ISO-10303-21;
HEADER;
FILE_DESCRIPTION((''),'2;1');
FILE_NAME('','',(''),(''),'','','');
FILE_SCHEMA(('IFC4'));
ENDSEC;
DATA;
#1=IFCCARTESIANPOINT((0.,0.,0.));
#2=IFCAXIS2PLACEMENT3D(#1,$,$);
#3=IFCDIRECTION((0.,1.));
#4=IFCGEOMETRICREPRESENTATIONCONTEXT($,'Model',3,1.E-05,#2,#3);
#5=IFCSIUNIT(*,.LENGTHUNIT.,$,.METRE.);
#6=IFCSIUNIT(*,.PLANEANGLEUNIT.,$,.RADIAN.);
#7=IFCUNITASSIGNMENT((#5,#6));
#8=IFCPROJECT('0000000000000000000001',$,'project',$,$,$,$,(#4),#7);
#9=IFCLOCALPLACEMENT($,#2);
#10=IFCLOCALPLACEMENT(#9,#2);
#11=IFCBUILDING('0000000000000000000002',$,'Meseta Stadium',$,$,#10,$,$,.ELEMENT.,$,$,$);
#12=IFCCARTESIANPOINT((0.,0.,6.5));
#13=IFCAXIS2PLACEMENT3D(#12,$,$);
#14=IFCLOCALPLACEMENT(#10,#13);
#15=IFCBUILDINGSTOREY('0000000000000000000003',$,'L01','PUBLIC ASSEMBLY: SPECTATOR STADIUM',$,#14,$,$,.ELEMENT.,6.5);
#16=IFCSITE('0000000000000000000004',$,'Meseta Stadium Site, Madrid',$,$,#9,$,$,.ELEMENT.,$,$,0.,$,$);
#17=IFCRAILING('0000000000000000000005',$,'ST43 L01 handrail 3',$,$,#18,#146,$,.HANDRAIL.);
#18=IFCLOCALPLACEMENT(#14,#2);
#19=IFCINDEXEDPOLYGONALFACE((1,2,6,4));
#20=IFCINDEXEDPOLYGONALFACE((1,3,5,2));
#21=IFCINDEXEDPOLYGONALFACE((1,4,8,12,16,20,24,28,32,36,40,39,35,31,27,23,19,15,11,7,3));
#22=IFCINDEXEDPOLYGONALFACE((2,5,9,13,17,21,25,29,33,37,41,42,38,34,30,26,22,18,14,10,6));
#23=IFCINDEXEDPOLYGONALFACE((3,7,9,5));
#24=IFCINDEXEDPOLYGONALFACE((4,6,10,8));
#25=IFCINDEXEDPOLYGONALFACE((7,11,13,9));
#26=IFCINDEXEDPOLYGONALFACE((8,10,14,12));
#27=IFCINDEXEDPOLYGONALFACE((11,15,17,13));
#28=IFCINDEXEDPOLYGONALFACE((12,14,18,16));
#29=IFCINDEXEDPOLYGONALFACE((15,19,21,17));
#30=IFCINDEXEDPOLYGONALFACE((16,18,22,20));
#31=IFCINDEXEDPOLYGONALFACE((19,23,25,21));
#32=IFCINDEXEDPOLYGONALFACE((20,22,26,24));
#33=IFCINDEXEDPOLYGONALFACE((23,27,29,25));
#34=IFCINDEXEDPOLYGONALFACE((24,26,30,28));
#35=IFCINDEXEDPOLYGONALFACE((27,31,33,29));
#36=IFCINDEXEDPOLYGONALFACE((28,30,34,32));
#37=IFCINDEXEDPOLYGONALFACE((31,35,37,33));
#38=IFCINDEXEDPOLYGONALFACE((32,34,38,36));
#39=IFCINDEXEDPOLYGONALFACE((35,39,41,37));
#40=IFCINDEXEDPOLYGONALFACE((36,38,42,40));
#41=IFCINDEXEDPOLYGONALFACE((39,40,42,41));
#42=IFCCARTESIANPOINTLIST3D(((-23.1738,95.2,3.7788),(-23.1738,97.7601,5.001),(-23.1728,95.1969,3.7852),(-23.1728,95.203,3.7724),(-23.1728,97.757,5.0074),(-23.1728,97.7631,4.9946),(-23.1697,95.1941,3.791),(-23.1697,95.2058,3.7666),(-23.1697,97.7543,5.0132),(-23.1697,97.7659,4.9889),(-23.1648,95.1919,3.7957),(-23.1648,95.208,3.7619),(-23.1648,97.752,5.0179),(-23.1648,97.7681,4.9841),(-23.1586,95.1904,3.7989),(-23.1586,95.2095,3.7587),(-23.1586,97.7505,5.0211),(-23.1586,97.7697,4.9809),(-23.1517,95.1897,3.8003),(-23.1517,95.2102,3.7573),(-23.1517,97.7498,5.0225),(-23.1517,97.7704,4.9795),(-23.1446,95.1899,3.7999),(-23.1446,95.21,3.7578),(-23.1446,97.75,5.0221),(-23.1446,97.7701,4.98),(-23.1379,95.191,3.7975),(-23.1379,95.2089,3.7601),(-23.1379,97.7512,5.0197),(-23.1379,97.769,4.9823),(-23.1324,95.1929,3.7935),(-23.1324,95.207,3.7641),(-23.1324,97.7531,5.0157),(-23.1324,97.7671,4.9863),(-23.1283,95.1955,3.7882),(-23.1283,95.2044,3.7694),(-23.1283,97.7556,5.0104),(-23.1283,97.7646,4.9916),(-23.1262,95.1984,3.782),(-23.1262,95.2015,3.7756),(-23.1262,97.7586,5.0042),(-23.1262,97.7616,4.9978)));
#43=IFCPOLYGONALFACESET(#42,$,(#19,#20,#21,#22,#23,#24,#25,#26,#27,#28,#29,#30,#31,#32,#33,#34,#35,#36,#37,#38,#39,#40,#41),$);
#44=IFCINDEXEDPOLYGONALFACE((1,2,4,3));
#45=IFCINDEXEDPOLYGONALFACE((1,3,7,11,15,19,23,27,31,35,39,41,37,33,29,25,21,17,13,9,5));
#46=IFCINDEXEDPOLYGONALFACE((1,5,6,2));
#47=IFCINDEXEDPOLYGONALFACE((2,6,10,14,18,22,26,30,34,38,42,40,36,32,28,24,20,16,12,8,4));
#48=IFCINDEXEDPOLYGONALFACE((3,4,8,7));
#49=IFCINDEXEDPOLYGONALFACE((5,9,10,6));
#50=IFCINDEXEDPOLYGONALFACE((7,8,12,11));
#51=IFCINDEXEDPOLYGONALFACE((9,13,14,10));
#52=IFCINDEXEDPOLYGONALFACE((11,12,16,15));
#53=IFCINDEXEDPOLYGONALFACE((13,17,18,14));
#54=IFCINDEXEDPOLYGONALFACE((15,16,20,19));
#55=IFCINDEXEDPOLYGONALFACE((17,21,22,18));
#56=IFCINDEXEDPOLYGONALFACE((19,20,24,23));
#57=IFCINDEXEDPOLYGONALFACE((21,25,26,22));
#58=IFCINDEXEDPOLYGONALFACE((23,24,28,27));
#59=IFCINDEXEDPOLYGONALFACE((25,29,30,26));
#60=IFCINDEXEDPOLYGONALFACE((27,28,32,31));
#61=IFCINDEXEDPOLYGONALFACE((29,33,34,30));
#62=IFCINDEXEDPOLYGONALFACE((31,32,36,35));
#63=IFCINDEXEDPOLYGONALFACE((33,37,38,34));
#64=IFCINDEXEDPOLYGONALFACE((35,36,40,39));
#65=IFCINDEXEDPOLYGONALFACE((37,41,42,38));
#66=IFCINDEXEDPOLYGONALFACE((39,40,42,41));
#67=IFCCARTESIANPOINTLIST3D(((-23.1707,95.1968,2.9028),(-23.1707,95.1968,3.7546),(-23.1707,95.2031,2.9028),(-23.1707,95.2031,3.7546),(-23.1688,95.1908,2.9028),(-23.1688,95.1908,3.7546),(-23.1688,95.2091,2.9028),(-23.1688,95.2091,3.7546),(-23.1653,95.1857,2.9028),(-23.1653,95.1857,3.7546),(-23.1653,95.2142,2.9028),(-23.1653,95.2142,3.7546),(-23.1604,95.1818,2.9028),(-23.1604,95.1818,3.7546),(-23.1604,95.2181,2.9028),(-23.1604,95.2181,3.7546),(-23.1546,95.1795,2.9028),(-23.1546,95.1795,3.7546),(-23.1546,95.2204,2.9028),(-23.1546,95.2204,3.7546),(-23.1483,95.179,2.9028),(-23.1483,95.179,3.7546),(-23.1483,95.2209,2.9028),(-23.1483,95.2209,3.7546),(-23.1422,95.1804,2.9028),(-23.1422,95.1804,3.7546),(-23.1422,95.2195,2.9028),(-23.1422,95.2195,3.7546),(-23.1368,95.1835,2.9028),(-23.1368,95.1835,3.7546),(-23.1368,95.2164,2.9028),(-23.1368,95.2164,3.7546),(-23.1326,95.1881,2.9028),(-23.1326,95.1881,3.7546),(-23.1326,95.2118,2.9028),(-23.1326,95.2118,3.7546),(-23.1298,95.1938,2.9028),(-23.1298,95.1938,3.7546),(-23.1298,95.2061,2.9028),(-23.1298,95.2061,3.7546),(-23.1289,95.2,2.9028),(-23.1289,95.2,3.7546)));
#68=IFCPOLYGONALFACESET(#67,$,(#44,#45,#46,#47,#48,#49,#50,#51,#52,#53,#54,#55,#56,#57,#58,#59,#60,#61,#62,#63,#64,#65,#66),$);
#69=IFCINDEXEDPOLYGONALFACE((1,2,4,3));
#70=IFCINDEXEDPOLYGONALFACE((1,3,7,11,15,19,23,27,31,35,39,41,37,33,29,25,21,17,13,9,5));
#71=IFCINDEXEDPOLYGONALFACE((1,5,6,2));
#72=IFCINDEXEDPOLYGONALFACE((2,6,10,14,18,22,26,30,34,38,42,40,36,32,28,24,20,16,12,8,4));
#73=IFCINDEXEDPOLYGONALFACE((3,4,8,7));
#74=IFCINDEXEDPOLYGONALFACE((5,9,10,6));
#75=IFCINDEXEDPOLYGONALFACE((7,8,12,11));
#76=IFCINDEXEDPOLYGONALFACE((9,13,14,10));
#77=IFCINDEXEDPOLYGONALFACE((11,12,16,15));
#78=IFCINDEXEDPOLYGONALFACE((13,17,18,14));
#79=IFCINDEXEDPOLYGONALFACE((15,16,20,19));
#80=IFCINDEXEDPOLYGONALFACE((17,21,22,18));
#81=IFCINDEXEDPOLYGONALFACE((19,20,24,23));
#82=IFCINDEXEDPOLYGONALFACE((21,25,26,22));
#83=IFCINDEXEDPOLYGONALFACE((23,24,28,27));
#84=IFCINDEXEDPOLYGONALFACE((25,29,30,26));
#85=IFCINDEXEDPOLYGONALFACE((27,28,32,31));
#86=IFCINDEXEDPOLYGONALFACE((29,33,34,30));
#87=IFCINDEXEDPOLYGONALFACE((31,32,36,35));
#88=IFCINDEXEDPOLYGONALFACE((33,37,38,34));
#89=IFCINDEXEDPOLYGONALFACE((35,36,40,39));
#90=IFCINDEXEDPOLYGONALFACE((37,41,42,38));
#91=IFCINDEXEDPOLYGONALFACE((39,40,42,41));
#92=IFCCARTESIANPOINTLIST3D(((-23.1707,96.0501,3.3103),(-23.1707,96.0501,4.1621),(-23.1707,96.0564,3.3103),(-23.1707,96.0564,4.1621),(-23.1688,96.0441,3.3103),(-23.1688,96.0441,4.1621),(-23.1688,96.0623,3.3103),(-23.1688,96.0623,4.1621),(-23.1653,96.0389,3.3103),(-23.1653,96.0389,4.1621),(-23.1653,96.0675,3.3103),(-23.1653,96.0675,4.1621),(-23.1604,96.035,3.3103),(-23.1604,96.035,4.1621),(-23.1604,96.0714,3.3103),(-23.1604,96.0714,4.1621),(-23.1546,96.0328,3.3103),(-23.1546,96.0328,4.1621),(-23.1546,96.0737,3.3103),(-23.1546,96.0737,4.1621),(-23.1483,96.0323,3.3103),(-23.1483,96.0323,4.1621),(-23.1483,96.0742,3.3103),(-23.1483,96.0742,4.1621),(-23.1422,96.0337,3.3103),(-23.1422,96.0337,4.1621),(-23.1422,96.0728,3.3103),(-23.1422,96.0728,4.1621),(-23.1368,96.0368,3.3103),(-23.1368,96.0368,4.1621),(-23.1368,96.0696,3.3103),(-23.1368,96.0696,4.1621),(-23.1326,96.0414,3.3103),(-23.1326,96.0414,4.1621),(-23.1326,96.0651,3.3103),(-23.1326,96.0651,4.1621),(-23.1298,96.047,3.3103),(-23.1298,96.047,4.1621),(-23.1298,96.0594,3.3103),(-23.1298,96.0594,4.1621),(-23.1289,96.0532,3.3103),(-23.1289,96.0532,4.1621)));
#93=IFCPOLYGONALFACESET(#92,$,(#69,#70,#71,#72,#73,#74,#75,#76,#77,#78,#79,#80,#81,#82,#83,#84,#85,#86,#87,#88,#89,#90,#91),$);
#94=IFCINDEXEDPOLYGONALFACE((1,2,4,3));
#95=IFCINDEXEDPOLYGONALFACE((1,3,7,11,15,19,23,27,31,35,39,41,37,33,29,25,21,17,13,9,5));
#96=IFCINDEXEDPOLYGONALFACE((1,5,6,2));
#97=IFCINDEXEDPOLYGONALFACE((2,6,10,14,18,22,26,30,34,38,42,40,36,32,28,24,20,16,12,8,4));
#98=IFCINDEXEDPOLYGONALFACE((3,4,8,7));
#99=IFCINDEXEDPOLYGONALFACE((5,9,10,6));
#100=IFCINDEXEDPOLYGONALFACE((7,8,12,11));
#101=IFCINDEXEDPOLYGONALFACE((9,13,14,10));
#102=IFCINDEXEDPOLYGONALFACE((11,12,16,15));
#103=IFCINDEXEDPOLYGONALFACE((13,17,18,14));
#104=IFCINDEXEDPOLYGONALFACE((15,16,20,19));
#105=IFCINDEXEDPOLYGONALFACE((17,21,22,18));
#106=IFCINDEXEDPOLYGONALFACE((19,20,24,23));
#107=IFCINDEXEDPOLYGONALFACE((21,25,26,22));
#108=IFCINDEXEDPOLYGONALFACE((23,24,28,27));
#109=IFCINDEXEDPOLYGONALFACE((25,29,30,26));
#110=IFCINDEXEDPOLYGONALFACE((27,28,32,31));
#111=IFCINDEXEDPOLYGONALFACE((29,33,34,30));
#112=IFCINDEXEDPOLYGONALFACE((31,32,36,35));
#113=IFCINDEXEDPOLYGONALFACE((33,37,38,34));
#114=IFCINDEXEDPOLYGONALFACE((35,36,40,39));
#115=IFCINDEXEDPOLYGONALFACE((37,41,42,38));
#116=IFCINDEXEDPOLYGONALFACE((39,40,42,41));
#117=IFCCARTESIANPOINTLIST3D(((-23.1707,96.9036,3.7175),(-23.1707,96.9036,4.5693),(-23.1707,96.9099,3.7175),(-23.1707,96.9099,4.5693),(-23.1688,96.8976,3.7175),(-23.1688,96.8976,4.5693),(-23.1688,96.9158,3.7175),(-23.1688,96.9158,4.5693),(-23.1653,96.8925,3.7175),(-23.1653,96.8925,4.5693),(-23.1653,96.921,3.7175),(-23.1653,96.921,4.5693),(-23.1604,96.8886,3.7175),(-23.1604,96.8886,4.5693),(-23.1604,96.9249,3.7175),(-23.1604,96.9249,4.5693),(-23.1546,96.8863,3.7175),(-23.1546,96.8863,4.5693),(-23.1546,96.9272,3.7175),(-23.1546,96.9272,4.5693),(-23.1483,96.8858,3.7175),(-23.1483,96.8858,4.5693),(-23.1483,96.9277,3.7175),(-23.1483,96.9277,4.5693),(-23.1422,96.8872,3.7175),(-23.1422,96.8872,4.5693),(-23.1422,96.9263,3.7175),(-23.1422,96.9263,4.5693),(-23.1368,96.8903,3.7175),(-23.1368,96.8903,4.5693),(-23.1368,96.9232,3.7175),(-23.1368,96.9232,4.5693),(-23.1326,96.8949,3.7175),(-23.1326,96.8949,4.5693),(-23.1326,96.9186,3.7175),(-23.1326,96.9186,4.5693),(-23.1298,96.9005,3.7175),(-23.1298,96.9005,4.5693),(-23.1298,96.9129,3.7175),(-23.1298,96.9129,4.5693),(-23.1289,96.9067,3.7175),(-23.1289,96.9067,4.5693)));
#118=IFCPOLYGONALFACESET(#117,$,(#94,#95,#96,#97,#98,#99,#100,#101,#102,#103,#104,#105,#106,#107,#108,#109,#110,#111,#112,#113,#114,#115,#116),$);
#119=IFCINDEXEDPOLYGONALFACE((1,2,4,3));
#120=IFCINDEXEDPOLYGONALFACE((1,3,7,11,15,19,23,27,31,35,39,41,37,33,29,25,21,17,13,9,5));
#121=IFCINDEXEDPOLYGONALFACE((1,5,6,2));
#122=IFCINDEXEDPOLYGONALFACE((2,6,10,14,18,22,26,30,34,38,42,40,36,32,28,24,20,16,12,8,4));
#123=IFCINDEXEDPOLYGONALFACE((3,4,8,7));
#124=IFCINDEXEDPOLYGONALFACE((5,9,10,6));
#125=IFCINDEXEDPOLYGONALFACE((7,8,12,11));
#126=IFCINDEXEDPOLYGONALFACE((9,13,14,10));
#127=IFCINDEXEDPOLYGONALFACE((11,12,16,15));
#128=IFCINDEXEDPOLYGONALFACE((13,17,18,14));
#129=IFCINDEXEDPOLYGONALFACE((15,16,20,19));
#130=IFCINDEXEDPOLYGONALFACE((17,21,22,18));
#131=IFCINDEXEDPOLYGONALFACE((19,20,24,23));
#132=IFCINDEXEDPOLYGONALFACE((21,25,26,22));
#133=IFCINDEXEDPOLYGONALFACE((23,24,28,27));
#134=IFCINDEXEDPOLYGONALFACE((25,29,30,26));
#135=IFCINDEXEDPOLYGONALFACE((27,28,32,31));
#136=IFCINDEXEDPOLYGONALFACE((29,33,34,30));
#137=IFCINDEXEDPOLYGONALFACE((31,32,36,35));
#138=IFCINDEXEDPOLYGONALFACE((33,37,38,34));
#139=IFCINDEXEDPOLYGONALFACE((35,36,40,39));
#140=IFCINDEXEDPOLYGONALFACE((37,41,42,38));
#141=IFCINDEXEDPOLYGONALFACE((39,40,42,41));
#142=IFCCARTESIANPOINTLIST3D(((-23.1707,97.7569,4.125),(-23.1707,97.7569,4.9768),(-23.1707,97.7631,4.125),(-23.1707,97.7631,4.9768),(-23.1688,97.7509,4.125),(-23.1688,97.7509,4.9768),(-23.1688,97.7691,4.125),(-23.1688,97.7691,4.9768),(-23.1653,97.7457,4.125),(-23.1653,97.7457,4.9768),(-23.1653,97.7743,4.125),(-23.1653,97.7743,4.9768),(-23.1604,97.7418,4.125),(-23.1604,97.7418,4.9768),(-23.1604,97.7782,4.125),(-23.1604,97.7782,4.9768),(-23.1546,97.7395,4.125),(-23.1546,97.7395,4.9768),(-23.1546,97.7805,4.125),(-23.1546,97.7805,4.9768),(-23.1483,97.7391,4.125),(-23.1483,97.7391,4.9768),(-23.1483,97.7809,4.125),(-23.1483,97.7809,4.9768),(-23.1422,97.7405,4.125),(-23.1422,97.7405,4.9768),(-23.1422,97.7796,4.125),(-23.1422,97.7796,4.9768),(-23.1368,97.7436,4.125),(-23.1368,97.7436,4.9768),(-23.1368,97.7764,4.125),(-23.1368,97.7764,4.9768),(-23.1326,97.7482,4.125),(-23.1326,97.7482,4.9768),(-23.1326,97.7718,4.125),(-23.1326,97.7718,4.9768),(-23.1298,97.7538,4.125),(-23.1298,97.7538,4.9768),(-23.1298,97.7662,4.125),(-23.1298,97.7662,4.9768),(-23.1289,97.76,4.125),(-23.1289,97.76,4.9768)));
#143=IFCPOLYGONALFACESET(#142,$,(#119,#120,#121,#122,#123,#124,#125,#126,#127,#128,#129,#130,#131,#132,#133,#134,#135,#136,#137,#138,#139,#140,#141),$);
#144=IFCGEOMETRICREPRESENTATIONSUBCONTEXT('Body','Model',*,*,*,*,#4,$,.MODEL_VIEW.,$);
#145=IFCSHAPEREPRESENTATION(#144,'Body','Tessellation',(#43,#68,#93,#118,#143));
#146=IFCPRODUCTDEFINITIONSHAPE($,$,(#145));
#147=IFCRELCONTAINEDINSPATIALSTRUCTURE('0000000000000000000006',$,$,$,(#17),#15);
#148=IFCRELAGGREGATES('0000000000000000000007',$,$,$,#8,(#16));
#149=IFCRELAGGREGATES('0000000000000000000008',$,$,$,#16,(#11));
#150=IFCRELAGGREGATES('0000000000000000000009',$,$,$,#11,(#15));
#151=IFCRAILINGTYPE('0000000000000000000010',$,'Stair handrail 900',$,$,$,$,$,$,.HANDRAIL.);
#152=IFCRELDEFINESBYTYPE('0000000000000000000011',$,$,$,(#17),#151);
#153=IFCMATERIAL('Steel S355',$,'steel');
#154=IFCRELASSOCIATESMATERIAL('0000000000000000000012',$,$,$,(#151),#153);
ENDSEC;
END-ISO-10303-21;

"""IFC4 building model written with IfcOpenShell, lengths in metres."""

from ifc_helpers import new_model, si_unit, direction, frame, origin, origin_2d, place, context, subcontext, project, spatial, circle, extrude, material, type_object, element, save


model = new_model("IFC4")

# Units and contexts
model_context = context("Model", 3, precision=1e-05, world=origin(), true_north=direction((0.0, 1.0)))
body_context = subcontext(model_context, "Body", "Model", "MODEL_VIEW")
ifc_project = project(units=[si_unit("LENGTHUNIT", "METRE"), si_unit("PLANEANGLEUNIT", "RADIAN")], contexts=[model_context])

# Site, building, storey
site_placement = place(None, origin())
site = spatial("IfcSite", under=ifc_project, at=site_placement, Name="Meseta Stadium Site, Madrid", CompositionType="ELEMENT", RefElevation=0.0)
building_placement = place(site_placement, origin())
building = spatial("IfcBuilding", under=site, at=building_placement, Name="Meseta Stadium", CompositionType="ELEMENT")
storey_placement = place(building_placement, frame((0.0, 0.0, 6.5)))
storey = spatial("IfcBuildingStorey", under=building, at=storey_placement, Name="L01", Description="PUBLIC ASSEMBLY: SPECTATOR STADIUM", CompositionType="ELEMENT", Elevation=6.5)

# Railing
ifc_material_1 = material(Name="Steel S355", Category="steel")
railing_type_1 = type_object("IfcRailingType", Name="Stair handrail 900", PredefinedType="HANDRAIL", material=ifc_material_1)
for number, where, name in (
    (1, (-23.1499, 95.2, 2.9028), "ST43 L01 handrail 3"),
):
    element("IfcRailing", number, at=place(storey_placement, frame(where)), inside=storey, type_object=railing_type_1, Name=name, PredefinedType="HANDRAIL", context=body_context, shape_type="SweptSolid", body=[
        extrude(circle(Radius=0.0239, at=origin_2d()), frame((0.0, 0.0, 0.876), z_axis=(0.0, 0.902437, 0.430822), x_axis=(-1.0, 0.0, 0.0)), (0.0, 0.0, 1.0), 2.8369),
        extrude(circle(Radius=0.021, at=origin_2d()), origin(), (0.0, 0.0, 1.0), 0.8518),
        extrude(circle(Radius=0.021, at=origin_2d()), frame((0.0, 0.8533, 0.4075)), (0.0, 0.0, 1.0), 0.8518),
        extrude(circle(Radius=0.021, at=origin_2d()), frame((0.0, 1.7068, 0.8147)), (0.0, 0.0, 1.0), 0.8518),
        extrude(circle(Radius=0.021, at=origin_2d()), frame((0.0, 2.5601, 1.2222)), (0.0, 0.0, 1.0), 0.8518),
    ])

save(model, "model.ifc")
